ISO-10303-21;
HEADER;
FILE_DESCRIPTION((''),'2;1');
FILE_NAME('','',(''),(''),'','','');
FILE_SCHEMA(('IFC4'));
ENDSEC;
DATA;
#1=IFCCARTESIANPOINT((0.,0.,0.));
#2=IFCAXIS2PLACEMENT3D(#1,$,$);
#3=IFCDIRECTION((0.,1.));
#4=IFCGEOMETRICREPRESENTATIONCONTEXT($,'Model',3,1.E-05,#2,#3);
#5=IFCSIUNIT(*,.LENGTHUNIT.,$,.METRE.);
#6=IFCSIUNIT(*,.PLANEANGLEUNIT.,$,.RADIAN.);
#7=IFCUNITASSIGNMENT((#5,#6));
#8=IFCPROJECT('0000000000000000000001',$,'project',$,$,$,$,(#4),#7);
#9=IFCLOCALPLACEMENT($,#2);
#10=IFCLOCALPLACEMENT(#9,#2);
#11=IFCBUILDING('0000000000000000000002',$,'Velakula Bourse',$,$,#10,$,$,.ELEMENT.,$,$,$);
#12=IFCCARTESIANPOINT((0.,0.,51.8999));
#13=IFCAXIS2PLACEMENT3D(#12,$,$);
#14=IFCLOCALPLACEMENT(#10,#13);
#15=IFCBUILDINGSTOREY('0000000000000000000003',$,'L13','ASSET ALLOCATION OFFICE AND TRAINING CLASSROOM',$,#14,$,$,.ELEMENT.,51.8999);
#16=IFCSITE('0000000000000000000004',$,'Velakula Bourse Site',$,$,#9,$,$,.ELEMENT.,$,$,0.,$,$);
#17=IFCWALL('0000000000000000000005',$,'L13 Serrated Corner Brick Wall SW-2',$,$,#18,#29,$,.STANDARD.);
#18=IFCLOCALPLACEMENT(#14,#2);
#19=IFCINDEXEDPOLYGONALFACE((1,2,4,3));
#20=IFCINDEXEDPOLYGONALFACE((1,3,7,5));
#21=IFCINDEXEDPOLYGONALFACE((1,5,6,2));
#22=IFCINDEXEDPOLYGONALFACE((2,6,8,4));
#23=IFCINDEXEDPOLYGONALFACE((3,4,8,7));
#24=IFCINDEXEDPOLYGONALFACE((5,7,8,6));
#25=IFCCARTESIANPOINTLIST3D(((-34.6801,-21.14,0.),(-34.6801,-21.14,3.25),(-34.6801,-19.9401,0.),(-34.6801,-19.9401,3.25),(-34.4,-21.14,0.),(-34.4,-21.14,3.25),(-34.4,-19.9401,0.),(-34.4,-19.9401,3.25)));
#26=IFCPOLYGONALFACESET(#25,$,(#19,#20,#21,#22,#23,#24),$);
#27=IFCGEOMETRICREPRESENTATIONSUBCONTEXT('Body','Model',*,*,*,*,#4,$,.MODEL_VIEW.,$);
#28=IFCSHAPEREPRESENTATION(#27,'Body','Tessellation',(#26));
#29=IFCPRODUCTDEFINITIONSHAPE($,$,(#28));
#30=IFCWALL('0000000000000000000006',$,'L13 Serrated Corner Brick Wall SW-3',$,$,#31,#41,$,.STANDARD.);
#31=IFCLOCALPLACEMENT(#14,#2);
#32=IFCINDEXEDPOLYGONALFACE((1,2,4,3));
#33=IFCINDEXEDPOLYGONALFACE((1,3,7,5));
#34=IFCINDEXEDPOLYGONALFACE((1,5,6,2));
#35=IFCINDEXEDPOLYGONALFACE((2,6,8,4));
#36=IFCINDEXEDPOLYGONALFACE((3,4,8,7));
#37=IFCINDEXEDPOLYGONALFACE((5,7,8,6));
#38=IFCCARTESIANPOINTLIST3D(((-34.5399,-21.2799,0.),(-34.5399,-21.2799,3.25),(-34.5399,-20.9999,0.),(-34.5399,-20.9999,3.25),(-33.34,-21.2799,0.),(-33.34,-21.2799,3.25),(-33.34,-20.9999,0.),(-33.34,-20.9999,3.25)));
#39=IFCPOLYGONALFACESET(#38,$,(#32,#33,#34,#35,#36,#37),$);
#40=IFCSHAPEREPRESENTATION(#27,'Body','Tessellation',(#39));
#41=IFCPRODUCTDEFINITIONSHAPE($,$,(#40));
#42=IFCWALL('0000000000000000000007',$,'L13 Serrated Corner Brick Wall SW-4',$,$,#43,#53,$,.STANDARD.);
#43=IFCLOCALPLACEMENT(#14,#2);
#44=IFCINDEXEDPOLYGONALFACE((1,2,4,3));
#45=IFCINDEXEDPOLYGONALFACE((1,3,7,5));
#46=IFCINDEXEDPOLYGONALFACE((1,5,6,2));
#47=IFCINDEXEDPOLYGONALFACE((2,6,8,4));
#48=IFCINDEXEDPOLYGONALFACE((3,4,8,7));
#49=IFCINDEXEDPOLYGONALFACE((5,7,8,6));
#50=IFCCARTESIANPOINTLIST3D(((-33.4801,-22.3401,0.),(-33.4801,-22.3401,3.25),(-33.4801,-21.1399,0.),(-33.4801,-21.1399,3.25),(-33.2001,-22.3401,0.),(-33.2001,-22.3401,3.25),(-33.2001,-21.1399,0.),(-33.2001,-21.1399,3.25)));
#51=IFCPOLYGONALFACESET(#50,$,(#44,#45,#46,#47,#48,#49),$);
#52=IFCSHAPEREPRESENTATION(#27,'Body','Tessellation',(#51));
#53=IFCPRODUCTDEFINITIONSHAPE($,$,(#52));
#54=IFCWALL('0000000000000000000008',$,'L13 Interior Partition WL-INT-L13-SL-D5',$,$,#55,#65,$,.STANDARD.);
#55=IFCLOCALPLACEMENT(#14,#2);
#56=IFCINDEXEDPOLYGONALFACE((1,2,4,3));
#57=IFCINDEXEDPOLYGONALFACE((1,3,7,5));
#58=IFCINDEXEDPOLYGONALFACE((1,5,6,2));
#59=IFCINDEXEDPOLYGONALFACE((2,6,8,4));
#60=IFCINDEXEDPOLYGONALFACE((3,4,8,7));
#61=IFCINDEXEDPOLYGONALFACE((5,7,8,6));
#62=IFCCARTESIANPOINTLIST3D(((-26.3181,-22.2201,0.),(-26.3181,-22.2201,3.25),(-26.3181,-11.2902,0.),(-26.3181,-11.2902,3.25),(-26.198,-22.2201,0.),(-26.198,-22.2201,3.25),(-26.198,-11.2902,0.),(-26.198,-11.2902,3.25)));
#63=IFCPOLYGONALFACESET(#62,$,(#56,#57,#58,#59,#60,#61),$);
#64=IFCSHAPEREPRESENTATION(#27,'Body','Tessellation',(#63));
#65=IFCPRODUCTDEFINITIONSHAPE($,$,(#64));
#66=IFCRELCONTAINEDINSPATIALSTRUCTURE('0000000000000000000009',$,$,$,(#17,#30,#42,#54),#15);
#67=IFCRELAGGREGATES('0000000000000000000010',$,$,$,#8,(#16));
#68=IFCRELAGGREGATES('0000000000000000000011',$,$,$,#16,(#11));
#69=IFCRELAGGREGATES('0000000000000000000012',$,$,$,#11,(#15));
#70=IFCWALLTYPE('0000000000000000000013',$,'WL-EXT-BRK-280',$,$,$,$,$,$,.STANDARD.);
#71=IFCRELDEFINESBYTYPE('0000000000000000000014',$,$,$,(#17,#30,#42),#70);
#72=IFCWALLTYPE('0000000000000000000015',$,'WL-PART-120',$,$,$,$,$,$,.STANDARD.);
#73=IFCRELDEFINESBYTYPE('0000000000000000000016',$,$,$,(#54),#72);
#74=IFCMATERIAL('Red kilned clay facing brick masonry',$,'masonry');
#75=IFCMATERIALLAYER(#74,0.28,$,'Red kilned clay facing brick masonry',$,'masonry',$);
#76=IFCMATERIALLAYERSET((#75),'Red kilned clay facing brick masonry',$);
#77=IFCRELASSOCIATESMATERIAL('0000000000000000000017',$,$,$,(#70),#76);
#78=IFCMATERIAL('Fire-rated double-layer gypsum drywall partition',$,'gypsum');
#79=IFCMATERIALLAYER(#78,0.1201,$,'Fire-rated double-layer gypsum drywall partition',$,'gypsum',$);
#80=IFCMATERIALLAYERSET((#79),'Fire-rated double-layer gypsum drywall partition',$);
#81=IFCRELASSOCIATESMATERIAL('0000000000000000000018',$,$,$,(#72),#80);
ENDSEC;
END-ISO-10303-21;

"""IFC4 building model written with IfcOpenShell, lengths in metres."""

from ifc_helpers import new_model, si_unit, direction, frame, frame_2d, origin, place, context, subcontext, project, spatial, rectangle, extrude, material, layer, layer_set, type_object, element, save


model = new_model("IFC4")

# Units and contexts
model_context = context("Model", 3, precision=1e-05, world=origin(), true_north=direction((0.0, 1.0)))
body_context = subcontext(model_context, "Body", "Model", "MODEL_VIEW")
ifc_project = project(units=[si_unit("LENGTHUNIT", "METRE"), si_unit("PLANEANGLEUNIT", "RADIAN")], contexts=[model_context])

# Site, building, storey
site_placement = place(None, origin())
site = spatial("IfcSite", under=ifc_project, at=site_placement, Name="Velakula Bourse Site", CompositionType="ELEMENT", RefElevation=0.0)
building_placement = place(site_placement, origin())
building = spatial("IfcBuilding", under=site, at=building_placement, Name="Velakula Bourse", CompositionType="ELEMENT")
storey_placement = place(building_placement, frame((0.0, 0.0, 51.8999)))
storey = spatial("IfcBuildingStorey", under=building, at=storey_placement, Name="L13", Description="ASSET ALLOCATION OFFICE AND TRAINING CLASSROOM", CompositionType="ELEMENT", Elevation=51.8999)

# Shared definitions
ifc_material_1 = material(Name="Red kilned clay facing brick masonry", Category="masonry")
ifc_layer_1 = layer(ifc_material_1, 0.28, Name="Red kilned clay facing brick masonry", Category="masonry")
ifc_layer_set_1 = layer_set([ifc_layer_1], Name="Red kilned clay facing brick masonry")
wall_type_1 = type_object("IfcWallType", Name="WL-EXT-BRK-280", PredefinedType="STANDARD", material=ifc_layer_set_1)

# Walls
for number, where, z_axis, x_axis, name in (
    (1, (-34.54, -19.9399, 0.0), (0.0, 0.0, 1.0), (0.0, -1.0, 0.0), "L13 Serrated Corner Brick Wall SW-2"),
    (2, (-34.54, -21.1399, 0.0), (0.0, 0.0, 1.0), (1.0, 0.0, 0.0), "L13 Serrated Corner Brick Wall SW-3"),
):
    element("IfcWall", number, at=place(storey_placement, frame(where, z_axis=z_axis, x_axis=x_axis)), inside=storey, type_object=wall_type_1, Name=name, PredefinedType="STANDARD", context=body_context, shape_type="SweptSolid", body=[
        extrude(rectangle(XDim=1.2, YDim=0.28, at=frame_2d((0.6001, 0.0))), origin(), (0.0, 0.0, 1.0), 3.25),
    ])
wall_1_placement = place(storey_placement, frame((-33.3401, -21.1399, 0.0), z_axis=(0.0, 0.0, 1.0), x_axis=(0.0, -1.0, 0.0)))
element("IfcWall", 3, at=wall_1_placement, inside=storey, type_object=wall_type_1, Name="L13 Serrated Corner Brick Wall SW-4", PredefinedType="STANDARD", context=body_context, shape_type="SweptSolid", body=[
    extrude(rectangle(XDim=1.2002, YDim=0.28, at=frame_2d((0.6001, 0.0))), origin(), (0.0, 0.0, 1.0), 3.25),
])
ifc_material_2 = material(Name="Fire-rated double-layer gypsum drywall partition", Category="gypsum")
ifc_layer_2 = layer(ifc_material_2, 0.1201, Name="Fire-rated double-layer gypsum drywall partition", Category="gypsum")
ifc_layer_set_2 = layer_set([ifc_layer_2], Name="Fire-rated double-layer gypsum drywall partition")
wall_type_2 = type_object("IfcWallType", Name="WL-PART-120", PredefinedType="STANDARD", material=ifc_layer_set_2)
wall_2_placement = place(storey_placement, frame((-26.2581, -22.22, 0.0), z_axis=(0.0, 0.0, 1.0), x_axis=(0.0, 1.0, 0.0)))
element("IfcWall", 4, at=wall_2_placement, inside=storey, type_object=wall_type_2, Name="L13 Interior Partition WL-INT-L13-SL-D5", PredefinedType="STANDARD", context=body_context, shape_type="SweptSolid", body=[
    extrude(rectangle(XDim=10.9299, YDim=0.1201, at=frame_2d((5.4648, 0.0))), origin(), (0.0, 0.0, 1.0), 3.25),
])

save(model, "model.ifc")
